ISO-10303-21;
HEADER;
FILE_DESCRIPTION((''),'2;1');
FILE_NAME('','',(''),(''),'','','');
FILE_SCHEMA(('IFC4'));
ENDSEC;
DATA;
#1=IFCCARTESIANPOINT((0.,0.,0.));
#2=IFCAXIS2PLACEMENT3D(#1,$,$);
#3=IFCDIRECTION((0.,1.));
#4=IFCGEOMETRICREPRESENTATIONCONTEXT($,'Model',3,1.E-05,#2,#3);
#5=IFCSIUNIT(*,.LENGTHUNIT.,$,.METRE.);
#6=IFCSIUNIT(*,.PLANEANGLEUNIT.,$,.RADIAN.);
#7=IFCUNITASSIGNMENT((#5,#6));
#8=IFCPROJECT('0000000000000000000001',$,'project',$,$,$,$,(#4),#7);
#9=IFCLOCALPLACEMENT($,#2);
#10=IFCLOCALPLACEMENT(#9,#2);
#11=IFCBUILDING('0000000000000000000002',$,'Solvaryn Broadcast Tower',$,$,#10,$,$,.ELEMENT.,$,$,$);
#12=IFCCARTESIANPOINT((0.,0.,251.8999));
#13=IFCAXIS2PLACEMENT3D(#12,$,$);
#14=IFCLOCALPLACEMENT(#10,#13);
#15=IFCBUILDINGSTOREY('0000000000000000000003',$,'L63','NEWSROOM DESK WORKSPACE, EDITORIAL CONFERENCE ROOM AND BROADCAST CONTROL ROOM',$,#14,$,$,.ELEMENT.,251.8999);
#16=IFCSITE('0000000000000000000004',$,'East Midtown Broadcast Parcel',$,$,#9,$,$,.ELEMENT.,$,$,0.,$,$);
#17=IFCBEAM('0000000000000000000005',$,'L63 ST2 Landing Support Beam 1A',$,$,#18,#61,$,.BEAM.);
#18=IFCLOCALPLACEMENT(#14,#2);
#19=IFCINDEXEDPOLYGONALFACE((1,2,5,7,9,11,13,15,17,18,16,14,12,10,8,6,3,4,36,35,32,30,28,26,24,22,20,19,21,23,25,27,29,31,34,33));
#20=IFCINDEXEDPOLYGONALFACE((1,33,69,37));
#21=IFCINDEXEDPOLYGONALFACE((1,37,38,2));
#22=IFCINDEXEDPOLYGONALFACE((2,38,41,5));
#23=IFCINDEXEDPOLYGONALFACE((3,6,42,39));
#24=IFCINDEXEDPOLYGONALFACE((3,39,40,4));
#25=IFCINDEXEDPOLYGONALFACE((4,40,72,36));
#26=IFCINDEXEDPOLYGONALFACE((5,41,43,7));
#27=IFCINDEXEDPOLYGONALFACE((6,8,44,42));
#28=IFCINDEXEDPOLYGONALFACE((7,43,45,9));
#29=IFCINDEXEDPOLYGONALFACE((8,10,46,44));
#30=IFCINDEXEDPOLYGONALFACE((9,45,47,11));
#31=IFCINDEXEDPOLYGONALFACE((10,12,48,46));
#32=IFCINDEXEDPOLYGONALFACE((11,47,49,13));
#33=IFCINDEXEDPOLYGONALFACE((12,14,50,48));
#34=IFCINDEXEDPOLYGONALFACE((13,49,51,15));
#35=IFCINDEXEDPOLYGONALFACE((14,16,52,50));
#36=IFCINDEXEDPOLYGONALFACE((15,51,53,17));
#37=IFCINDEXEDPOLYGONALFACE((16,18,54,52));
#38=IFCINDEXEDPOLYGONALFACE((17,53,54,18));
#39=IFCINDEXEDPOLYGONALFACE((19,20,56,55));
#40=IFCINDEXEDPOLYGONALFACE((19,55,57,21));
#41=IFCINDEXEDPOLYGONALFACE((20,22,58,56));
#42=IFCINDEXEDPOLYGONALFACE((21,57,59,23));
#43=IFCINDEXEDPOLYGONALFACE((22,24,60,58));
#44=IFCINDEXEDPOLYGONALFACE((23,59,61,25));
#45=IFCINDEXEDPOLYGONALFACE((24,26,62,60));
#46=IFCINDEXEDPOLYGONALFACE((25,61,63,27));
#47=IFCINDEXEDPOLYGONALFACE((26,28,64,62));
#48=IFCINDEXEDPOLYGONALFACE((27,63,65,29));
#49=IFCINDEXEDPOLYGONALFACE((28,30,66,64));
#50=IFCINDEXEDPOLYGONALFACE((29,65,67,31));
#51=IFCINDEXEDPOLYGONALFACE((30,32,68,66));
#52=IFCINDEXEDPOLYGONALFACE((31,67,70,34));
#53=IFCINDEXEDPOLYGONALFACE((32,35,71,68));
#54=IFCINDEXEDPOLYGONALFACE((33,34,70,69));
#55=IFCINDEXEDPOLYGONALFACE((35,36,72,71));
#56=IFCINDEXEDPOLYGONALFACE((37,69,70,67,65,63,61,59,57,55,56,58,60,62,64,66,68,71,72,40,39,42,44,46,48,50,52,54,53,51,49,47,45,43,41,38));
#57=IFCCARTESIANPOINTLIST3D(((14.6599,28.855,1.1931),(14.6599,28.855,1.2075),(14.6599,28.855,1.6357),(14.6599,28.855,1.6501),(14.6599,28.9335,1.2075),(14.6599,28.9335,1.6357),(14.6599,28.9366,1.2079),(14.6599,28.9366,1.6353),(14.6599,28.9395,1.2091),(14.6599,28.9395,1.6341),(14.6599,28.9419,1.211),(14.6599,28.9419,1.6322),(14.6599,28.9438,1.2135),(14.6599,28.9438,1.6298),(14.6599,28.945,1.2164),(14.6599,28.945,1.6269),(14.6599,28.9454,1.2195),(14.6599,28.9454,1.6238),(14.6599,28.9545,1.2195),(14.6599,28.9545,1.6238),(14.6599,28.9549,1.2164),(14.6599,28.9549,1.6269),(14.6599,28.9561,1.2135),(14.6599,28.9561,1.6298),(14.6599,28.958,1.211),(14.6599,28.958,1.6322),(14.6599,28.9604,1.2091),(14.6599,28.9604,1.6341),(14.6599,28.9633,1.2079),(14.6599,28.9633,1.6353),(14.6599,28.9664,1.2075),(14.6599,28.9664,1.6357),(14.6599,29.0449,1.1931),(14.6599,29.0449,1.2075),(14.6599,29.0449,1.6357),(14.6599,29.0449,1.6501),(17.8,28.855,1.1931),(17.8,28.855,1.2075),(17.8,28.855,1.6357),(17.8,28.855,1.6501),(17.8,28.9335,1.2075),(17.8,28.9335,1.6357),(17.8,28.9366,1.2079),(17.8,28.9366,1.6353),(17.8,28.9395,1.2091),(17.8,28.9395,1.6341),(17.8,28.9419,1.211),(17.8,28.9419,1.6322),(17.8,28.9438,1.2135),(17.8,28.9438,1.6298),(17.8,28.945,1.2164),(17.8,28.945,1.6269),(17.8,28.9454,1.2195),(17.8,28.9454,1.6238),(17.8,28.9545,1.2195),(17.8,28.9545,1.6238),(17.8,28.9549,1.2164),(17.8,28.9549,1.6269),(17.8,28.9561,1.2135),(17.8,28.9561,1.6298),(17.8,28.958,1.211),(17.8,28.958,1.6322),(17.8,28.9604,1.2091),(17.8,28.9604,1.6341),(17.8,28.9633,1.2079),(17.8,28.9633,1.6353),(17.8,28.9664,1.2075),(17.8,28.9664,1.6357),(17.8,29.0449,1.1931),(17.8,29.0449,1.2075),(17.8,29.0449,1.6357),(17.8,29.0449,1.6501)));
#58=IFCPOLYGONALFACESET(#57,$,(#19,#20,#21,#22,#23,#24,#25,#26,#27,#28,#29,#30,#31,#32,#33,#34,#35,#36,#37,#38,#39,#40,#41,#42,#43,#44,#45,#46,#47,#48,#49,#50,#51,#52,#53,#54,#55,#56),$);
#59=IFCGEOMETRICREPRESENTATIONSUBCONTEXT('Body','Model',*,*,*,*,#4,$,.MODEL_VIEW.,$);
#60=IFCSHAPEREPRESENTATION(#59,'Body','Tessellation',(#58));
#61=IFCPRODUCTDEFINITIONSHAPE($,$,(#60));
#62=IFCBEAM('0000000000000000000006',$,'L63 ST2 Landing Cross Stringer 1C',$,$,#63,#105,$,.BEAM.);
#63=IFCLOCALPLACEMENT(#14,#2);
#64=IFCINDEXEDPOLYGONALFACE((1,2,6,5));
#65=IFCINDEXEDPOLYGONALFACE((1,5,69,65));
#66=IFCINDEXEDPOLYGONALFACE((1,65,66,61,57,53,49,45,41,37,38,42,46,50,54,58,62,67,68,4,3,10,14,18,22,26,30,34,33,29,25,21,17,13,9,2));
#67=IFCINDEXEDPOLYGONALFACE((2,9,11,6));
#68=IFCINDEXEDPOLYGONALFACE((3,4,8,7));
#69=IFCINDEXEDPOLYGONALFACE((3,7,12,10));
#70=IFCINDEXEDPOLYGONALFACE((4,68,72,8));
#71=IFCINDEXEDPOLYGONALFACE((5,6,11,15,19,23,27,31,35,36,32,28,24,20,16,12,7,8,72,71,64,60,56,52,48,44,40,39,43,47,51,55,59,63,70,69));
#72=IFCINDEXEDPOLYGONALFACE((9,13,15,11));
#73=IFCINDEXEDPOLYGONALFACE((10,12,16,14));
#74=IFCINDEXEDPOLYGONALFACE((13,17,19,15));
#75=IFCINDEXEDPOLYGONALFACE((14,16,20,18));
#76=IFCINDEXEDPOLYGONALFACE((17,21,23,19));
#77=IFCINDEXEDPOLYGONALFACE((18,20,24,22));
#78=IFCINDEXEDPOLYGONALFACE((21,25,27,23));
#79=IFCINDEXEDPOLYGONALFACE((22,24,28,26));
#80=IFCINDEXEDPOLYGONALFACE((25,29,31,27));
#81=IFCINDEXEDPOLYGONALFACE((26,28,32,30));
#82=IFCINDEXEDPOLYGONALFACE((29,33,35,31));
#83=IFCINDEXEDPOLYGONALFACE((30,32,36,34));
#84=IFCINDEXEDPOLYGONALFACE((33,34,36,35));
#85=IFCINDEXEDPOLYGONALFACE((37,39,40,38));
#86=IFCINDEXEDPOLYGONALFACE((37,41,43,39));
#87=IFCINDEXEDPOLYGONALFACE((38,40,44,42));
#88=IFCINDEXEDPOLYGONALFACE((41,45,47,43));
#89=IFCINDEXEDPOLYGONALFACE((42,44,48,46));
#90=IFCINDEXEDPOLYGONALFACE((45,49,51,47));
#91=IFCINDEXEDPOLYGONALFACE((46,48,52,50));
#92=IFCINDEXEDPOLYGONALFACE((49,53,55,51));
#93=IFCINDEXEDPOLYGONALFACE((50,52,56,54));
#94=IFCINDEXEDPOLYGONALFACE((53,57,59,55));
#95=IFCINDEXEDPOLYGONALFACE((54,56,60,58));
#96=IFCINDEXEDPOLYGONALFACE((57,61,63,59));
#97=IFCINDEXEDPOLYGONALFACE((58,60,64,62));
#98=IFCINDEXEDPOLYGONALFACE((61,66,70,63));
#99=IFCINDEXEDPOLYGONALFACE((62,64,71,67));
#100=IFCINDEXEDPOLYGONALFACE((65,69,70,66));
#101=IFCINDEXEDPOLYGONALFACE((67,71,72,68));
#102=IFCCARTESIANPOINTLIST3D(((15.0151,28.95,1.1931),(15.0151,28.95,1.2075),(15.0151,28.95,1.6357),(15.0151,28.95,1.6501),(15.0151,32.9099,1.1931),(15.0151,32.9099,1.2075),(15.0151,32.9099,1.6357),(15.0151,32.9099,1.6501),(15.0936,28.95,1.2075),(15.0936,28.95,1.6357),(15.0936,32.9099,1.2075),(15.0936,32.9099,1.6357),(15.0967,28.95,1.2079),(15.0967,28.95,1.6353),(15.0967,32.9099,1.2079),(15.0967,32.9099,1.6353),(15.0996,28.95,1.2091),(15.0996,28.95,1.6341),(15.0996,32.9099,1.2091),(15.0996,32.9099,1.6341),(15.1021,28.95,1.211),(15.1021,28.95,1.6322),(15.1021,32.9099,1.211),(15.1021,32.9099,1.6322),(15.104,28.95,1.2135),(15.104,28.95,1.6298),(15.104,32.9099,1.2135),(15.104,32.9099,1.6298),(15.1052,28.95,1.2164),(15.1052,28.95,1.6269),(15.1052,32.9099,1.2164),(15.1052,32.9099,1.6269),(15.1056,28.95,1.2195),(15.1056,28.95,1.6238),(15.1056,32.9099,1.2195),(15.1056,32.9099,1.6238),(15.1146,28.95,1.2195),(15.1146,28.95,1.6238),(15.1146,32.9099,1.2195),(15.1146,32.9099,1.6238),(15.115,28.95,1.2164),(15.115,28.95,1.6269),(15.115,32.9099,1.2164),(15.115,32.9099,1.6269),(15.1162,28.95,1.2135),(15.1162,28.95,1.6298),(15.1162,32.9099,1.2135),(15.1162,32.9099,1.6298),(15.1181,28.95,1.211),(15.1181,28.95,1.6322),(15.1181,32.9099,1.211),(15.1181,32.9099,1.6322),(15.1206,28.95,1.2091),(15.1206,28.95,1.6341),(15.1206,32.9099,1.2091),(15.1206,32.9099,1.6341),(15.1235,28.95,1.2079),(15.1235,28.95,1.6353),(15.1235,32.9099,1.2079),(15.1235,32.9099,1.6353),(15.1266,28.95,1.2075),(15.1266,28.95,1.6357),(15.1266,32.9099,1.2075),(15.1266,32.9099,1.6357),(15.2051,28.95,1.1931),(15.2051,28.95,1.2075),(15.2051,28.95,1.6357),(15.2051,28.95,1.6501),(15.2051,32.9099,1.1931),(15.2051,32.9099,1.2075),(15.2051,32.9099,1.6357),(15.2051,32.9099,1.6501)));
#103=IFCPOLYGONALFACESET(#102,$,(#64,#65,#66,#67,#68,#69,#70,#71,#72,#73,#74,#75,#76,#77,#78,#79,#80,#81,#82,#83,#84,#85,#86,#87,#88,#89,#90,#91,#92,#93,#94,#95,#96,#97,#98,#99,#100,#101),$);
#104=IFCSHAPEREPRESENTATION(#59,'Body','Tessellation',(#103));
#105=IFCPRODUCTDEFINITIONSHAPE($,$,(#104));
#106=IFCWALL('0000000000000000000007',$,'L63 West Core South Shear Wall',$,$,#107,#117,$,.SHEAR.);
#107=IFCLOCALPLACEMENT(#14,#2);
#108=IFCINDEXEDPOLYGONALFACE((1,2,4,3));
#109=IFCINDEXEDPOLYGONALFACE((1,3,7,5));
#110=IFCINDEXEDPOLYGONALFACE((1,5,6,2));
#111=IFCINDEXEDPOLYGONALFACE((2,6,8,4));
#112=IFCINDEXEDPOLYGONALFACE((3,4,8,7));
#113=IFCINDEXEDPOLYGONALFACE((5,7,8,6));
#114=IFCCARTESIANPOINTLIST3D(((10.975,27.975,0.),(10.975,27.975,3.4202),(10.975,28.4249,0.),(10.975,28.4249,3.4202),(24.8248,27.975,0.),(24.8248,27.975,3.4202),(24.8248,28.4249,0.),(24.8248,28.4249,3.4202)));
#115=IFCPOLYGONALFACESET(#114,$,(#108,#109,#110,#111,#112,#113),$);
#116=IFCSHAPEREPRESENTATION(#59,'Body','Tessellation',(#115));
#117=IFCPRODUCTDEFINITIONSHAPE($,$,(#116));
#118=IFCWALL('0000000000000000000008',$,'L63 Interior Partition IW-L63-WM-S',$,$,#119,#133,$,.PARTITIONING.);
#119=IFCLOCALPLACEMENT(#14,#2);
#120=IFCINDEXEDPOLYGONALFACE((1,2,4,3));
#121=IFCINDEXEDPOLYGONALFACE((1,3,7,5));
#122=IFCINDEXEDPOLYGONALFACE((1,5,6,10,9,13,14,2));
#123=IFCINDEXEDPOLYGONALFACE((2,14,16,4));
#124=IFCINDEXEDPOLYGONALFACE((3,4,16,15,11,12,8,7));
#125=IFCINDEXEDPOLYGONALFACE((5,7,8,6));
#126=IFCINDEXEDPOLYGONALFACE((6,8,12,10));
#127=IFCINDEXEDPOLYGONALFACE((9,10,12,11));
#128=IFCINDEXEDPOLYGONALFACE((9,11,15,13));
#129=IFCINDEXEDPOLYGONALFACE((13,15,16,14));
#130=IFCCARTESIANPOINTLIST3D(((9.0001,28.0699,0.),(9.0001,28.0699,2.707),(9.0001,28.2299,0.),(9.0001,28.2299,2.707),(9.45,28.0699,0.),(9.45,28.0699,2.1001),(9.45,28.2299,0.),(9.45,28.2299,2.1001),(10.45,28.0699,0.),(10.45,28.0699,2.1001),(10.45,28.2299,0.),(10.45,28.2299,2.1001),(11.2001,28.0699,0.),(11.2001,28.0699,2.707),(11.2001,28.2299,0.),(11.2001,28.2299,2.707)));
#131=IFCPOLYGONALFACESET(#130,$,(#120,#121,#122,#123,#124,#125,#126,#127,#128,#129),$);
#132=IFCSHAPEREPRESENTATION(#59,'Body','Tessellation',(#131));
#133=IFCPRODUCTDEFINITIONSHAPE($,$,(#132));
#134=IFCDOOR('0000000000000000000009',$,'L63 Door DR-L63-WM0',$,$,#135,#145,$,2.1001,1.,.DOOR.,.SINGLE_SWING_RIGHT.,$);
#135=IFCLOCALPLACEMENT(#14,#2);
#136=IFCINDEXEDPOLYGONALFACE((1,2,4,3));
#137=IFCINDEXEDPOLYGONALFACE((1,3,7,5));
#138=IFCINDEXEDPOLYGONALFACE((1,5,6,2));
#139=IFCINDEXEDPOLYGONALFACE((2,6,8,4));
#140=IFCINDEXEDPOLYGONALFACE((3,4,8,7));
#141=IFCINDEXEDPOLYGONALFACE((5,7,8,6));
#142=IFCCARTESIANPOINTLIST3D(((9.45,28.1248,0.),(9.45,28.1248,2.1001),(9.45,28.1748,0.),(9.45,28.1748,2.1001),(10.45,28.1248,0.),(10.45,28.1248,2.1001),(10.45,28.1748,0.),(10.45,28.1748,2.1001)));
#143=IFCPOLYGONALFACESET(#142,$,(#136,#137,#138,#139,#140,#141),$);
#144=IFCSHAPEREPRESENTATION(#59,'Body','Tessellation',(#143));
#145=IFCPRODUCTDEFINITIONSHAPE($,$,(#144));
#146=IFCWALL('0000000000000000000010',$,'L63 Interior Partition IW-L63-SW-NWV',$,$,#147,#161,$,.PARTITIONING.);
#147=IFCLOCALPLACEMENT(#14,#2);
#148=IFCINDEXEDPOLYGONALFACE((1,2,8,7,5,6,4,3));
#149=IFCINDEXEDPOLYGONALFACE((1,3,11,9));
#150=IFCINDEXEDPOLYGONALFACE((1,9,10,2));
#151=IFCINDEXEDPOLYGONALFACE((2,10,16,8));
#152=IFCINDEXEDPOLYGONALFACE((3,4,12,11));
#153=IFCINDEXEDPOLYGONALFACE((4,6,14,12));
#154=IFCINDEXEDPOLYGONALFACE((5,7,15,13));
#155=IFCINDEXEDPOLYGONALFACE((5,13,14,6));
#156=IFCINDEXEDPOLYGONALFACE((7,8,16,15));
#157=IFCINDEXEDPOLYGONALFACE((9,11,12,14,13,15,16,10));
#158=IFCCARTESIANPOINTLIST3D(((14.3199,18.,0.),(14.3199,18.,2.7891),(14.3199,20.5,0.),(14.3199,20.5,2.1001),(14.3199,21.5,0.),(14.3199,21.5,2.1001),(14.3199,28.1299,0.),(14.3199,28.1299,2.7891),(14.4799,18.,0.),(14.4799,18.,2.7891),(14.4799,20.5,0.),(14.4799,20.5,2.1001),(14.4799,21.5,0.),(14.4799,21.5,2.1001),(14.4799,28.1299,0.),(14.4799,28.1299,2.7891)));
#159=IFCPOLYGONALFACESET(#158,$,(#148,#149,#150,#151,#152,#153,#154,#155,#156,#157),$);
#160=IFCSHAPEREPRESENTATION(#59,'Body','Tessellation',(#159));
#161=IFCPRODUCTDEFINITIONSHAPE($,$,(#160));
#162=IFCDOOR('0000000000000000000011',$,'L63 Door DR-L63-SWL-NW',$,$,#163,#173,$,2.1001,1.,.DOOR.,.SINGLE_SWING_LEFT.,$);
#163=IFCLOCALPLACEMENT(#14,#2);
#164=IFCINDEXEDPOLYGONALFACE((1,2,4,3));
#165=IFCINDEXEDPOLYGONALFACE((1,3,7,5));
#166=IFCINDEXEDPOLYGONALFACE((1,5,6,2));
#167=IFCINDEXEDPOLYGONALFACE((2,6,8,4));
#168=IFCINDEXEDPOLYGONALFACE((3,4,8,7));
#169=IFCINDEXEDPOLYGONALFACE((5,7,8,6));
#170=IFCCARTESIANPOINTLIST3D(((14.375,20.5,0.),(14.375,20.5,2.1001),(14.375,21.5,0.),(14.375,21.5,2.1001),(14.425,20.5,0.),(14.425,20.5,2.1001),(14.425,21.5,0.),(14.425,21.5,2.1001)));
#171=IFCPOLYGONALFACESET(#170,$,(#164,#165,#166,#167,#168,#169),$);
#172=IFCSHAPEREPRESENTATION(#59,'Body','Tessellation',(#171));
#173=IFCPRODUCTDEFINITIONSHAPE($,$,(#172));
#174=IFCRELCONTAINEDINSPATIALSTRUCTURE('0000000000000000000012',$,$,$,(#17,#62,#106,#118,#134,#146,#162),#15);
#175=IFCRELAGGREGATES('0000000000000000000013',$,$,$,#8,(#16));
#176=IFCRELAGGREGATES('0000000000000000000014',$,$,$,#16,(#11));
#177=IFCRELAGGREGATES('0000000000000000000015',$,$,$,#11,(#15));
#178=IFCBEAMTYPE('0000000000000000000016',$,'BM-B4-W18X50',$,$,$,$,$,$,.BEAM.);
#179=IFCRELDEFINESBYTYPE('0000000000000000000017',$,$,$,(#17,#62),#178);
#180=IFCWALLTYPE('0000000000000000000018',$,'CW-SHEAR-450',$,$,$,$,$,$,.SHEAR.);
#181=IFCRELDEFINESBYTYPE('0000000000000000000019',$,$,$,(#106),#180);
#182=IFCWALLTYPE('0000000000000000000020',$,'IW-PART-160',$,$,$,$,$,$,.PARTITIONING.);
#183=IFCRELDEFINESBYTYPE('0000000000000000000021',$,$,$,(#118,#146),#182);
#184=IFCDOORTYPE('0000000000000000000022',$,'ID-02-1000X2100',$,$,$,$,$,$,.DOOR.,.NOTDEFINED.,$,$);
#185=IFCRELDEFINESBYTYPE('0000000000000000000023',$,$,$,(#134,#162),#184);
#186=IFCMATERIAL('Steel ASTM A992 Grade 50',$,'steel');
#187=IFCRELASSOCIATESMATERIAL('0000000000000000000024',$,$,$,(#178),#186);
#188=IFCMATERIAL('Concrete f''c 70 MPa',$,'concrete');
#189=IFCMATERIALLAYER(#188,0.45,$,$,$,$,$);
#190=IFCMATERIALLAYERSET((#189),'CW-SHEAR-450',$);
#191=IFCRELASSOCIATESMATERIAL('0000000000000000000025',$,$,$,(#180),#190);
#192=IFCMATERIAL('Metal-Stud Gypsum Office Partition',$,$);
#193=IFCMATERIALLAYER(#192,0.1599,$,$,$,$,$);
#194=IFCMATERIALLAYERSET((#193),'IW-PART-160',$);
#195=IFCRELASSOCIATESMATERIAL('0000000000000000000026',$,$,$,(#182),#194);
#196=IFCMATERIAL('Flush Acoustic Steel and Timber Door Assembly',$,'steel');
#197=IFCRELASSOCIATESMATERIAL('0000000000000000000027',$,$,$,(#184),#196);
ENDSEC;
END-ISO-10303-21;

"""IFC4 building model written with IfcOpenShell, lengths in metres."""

from ifc_helpers import new_model, si_unit, direction, frame, frame_2d, origin, origin_2d, place, context, subcontext, project, spatial, rectangle, i_section, extrude, material, layer, layer_set, material_profile, profile_set, type_object, element, fill, save


model = new_model("IFC4")

# Units and contexts
model_context = context("Model", 3, precision=1e-05, world=origin(), true_north=direction((0.0, 1.0)))
body_context = subcontext(model_context, "Body", "Model", "MODEL_VIEW")
ifc_project = project(units=[si_unit("LENGTHUNIT", "METRE"), si_unit("PLANEANGLEUNIT", "RADIAN")], contexts=[model_context])

# Site, building, storey
site_placement = place(None, origin())
site = spatial("IfcSite", under=ifc_project, at=site_placement, Name="East Midtown Broadcast Parcel", CompositionType="ELEMENT", RefElevation=0.0)
building_placement = place(site_placement, origin())
building = spatial("IfcBuilding", under=site, at=building_placement, Name="Solvaryn Broadcast Tower", CompositionType="ELEMENT")
storey_placement = place(building_placement, frame((0.0, 0.0, 251.8999)))
storey = spatial("IfcBuildingStorey", under=building, at=storey_placement, Name="L63", Description="NEWSROOM DESK WORKSPACE, EDITORIAL CONFERENCE ROOM AND BROADCAST CONTROL ROOM", CompositionType="ELEMENT", Elevation=251.8999)

# Beams
ifc_material_1 = material(Name="Steel ASTM A992 Grade 50", Category="steel")
ifc_material_profile_1 = material_profile(ifc_material_1, i_section(OverallWidth=0.1899, OverallDepth=0.457, WebThickness=0.009, FlangeThickness=0.0144, FilletRadius=0.012, at=origin_2d()))
ifc_profile_set_1 = profile_set([ifc_material_profile_1], Name="Steel ASTM A992 Grade 50")
beam_type_1 = type_object("IfcBeamType", Name="BM-B4-W18X50", PredefinedType="BEAM", material=ifc_profile_set_1)
beam_1_placement = place(storey_placement, frame((14.6599, 28.95, 1.4216), z_axis=(1.0, 0.0, 0.0), x_axis=(0.0, 1.0, 0.0)))
element("IfcBeam", 1, at=beam_1_placement, inside=storey, type_object=beam_type_1, Name="L63 ST2 Landing Support Beam 1A", PredefinedType="BEAM", context=body_context, shape_type="SweptSolid", body=[
    extrude(i_section(OverallWidth=0.1899, OverallDepth=0.457, WebThickness=0.009, FlangeThickness=0.0144, FilletRadius=0.012, at=origin_2d()), origin(), (0.0, 0.0, 1.0), 3.1401),
])
beam_2_placement = place(storey_placement, frame((15.1101, 28.95, 1.4216), z_axis=(0.0, 1.0, 0.0), x_axis=(-1.0, 0.0, 0.0)))
element("IfcBeam", 2, at=beam_2_placement, inside=storey, type_object=beam_type_1, Name="L63 ST2 Landing Cross Stringer 1C", PredefinedType="BEAM", context=body_context, shape_type="SweptSolid", body=[
    extrude(i_section(OverallWidth=0.1899, OverallDepth=0.457, WebThickness=0.009, FlangeThickness=0.0144, FilletRadius=0.012, at=origin_2d()), origin(), (0.0, 0.0, 1.0), 3.96),
])

# Wall
ifc_material_2 = material(Name="Concrete f'c 70 MPa", Category="concrete")
ifc_layer_1 = layer(ifc_material_2, 0.45)
ifc_layer_set_1 = layer_set([ifc_layer_1], Name="CW-SHEAR-450")
wall_type_1 = type_object("IfcWallType", Name="CW-SHEAR-450", PredefinedType="SHEAR", material=ifc_layer_set_1)
wall_1_placement = place(storey_placement, frame((10.9751, 28.2, 0.0), z_axis=(0.0, 0.0, 1.0), x_axis=(1.0, 0.0, 0.0)))
element("IfcWall", 3, at=wall_1_placement, inside=storey, type_object=wall_type_1, Name="L63 West Core South Shear Wall", PredefinedType="SHEAR", context=body_context, shape_type="SweptSolid", body=[
    extrude(rectangle(XDim=13.8499, YDim=0.45, at=frame_2d((6.9248, 0.0))), origin(), (0.0, 0.0, 1.0), 3.4202),
])

# Walls, openings, doors
ifc_material_3 = material(Name="Metal-Stud Gypsum Office Partition")
ifc_layer_2 = layer(ifc_material_3, 0.1599)
ifc_layer_set_2 = layer_set([ifc_layer_2], Name="IW-PART-160")
wall_type_2 = type_object("IfcWallType", Name="IW-PART-160", PredefinedType="PARTITIONING", material=ifc_layer_set_2)
wall_2_placement = place(storey_placement, frame((9.0, 28.1499, 0.0), z_axis=(0.0, 0.0, 1.0), x_axis=(1.0, 0.0, 0.0)))
wall_2 = element("IfcWall", 4, at=wall_2_placement, inside=storey, type_object=wall_type_2, Name="L63 Interior Partition IW-L63-WM-S", PredefinedType="PARTITIONING", context=body_context, shape_type="SweptSolid", body=[
    extrude(rectangle(XDim=2.2, YDim=0.1599, at=frame_2d((1.1001, 0.0))), origin(), (0.0, 0.0, 1.0), 2.707),
])
opening_1_placement = place(wall_2_placement, frame((0.45, 0.0, 0.0)))
opening_1 = element("IfcOpeningElement", 5, at=opening_1_placement, cuts=wall_2, PredefinedType="OPENING", context=body_context, shape_type="SweptSolid", body=[
    extrude(rectangle(XDim=1.0, YDim=2.1001, at=frame_2d((0.5, 1.05))), frame((0.0, 0.0901, 0.0), z_axis=(0.0, -1.0, 0.0), x_axis=(1.0, 0.0, 0.0)), (0.0, 0.0, 1.0), 0.1799),
])
ifc_material_4 = material(Name="Flush Acoustic Steel and Timber Door Assembly", Category="steel")
door_type = type_object("IfcDoorType", Name="ID-02-1000X2100", OperationType="NOTDEFINED", PredefinedType="DOOR", material=ifc_material_4)
door_1_placement = place(opening_1_placement, origin())
door_1 = element("IfcDoor", 6, at=door_1_placement, inside=storey, type_object=door_type, Name="L63 Door DR-L63-WM0", OperationType="SINGLE_SWING_RIGHT", OverallHeight=2.1001, OverallWidth=1.0, PredefinedType="DOOR", context=body_context, shape_type="SweptSolid", body=[
    extrude(rectangle(XDim=1.0, YDim=2.1001, at=frame_2d((0.5, 1.05))), frame((0.0, 0.0249, 0.0), z_axis=(0.0, -1.0, 0.0), x_axis=(1.0, 0.0, 0.0)), (0.0, 0.0, 1.0), 0.05),
])
fill(opening_1, door_1)
wall_3_placement = place(storey_placement, frame((14.3999, 18.0, 0.0), z_axis=(0.0, 0.0, 1.0), x_axis=(0.0, 1.0, 0.0)))
wall_3 = element("IfcWall", 7, at=wall_3_placement, inside=storey, type_object=wall_type_2, Name="L63 Interior Partition IW-L63-SW-NWV", PredefinedType="PARTITIONING", context=body_context, shape_type="SweptSolid", body=[
    extrude(rectangle(XDim=10.1299, YDim=0.1599, at=frame_2d((5.0649, 0.0))), origin(), (0.0, 0.0, 1.0), 2.7891),
])
opening_2_placement = place(wall_3_placement, frame((2.5, 0.0, 0.0)))
opening_2 = element("IfcOpeningElement", 8, at=opening_2_placement, cuts=wall_3, PredefinedType="OPENING", context=body_context, shape_type="SweptSolid", body=[
    extrude(rectangle(XDim=1.0, YDim=2.1001, at=frame_2d((0.5, 1.05))), frame((0.0, 0.0901, 0.0), z_axis=(0.0, -1.0, 0.0), x_axis=(1.0, 0.0, 0.0)), (0.0, 0.0, 1.0), 0.1799),
])
door_2_placement = place(opening_2_placement, origin())
door_2 = element("IfcDoor", 9, at=door_2_placement, inside=storey, type_object=door_type, Name="L63 Door DR-L63-SWL-NW", OperationType="SINGLE_SWING_LEFT", OverallHeight=2.1001, OverallWidth=1.0, PredefinedType="DOOR", context=body_context, shape_type="SweptSolid", body=[
    extrude(rectangle(XDim=1.0, YDim=2.1001, at=frame_2d((0.5, 1.05))), frame((0.0, 0.0249, 0.0), z_axis=(0.0, -1.0, 0.0), x_axis=(1.0, 0.0, 0.0)), (0.0, 0.0, 1.0), 0.05),
])
fill(opening_2, door_2)

save(model, "model.ifc")
